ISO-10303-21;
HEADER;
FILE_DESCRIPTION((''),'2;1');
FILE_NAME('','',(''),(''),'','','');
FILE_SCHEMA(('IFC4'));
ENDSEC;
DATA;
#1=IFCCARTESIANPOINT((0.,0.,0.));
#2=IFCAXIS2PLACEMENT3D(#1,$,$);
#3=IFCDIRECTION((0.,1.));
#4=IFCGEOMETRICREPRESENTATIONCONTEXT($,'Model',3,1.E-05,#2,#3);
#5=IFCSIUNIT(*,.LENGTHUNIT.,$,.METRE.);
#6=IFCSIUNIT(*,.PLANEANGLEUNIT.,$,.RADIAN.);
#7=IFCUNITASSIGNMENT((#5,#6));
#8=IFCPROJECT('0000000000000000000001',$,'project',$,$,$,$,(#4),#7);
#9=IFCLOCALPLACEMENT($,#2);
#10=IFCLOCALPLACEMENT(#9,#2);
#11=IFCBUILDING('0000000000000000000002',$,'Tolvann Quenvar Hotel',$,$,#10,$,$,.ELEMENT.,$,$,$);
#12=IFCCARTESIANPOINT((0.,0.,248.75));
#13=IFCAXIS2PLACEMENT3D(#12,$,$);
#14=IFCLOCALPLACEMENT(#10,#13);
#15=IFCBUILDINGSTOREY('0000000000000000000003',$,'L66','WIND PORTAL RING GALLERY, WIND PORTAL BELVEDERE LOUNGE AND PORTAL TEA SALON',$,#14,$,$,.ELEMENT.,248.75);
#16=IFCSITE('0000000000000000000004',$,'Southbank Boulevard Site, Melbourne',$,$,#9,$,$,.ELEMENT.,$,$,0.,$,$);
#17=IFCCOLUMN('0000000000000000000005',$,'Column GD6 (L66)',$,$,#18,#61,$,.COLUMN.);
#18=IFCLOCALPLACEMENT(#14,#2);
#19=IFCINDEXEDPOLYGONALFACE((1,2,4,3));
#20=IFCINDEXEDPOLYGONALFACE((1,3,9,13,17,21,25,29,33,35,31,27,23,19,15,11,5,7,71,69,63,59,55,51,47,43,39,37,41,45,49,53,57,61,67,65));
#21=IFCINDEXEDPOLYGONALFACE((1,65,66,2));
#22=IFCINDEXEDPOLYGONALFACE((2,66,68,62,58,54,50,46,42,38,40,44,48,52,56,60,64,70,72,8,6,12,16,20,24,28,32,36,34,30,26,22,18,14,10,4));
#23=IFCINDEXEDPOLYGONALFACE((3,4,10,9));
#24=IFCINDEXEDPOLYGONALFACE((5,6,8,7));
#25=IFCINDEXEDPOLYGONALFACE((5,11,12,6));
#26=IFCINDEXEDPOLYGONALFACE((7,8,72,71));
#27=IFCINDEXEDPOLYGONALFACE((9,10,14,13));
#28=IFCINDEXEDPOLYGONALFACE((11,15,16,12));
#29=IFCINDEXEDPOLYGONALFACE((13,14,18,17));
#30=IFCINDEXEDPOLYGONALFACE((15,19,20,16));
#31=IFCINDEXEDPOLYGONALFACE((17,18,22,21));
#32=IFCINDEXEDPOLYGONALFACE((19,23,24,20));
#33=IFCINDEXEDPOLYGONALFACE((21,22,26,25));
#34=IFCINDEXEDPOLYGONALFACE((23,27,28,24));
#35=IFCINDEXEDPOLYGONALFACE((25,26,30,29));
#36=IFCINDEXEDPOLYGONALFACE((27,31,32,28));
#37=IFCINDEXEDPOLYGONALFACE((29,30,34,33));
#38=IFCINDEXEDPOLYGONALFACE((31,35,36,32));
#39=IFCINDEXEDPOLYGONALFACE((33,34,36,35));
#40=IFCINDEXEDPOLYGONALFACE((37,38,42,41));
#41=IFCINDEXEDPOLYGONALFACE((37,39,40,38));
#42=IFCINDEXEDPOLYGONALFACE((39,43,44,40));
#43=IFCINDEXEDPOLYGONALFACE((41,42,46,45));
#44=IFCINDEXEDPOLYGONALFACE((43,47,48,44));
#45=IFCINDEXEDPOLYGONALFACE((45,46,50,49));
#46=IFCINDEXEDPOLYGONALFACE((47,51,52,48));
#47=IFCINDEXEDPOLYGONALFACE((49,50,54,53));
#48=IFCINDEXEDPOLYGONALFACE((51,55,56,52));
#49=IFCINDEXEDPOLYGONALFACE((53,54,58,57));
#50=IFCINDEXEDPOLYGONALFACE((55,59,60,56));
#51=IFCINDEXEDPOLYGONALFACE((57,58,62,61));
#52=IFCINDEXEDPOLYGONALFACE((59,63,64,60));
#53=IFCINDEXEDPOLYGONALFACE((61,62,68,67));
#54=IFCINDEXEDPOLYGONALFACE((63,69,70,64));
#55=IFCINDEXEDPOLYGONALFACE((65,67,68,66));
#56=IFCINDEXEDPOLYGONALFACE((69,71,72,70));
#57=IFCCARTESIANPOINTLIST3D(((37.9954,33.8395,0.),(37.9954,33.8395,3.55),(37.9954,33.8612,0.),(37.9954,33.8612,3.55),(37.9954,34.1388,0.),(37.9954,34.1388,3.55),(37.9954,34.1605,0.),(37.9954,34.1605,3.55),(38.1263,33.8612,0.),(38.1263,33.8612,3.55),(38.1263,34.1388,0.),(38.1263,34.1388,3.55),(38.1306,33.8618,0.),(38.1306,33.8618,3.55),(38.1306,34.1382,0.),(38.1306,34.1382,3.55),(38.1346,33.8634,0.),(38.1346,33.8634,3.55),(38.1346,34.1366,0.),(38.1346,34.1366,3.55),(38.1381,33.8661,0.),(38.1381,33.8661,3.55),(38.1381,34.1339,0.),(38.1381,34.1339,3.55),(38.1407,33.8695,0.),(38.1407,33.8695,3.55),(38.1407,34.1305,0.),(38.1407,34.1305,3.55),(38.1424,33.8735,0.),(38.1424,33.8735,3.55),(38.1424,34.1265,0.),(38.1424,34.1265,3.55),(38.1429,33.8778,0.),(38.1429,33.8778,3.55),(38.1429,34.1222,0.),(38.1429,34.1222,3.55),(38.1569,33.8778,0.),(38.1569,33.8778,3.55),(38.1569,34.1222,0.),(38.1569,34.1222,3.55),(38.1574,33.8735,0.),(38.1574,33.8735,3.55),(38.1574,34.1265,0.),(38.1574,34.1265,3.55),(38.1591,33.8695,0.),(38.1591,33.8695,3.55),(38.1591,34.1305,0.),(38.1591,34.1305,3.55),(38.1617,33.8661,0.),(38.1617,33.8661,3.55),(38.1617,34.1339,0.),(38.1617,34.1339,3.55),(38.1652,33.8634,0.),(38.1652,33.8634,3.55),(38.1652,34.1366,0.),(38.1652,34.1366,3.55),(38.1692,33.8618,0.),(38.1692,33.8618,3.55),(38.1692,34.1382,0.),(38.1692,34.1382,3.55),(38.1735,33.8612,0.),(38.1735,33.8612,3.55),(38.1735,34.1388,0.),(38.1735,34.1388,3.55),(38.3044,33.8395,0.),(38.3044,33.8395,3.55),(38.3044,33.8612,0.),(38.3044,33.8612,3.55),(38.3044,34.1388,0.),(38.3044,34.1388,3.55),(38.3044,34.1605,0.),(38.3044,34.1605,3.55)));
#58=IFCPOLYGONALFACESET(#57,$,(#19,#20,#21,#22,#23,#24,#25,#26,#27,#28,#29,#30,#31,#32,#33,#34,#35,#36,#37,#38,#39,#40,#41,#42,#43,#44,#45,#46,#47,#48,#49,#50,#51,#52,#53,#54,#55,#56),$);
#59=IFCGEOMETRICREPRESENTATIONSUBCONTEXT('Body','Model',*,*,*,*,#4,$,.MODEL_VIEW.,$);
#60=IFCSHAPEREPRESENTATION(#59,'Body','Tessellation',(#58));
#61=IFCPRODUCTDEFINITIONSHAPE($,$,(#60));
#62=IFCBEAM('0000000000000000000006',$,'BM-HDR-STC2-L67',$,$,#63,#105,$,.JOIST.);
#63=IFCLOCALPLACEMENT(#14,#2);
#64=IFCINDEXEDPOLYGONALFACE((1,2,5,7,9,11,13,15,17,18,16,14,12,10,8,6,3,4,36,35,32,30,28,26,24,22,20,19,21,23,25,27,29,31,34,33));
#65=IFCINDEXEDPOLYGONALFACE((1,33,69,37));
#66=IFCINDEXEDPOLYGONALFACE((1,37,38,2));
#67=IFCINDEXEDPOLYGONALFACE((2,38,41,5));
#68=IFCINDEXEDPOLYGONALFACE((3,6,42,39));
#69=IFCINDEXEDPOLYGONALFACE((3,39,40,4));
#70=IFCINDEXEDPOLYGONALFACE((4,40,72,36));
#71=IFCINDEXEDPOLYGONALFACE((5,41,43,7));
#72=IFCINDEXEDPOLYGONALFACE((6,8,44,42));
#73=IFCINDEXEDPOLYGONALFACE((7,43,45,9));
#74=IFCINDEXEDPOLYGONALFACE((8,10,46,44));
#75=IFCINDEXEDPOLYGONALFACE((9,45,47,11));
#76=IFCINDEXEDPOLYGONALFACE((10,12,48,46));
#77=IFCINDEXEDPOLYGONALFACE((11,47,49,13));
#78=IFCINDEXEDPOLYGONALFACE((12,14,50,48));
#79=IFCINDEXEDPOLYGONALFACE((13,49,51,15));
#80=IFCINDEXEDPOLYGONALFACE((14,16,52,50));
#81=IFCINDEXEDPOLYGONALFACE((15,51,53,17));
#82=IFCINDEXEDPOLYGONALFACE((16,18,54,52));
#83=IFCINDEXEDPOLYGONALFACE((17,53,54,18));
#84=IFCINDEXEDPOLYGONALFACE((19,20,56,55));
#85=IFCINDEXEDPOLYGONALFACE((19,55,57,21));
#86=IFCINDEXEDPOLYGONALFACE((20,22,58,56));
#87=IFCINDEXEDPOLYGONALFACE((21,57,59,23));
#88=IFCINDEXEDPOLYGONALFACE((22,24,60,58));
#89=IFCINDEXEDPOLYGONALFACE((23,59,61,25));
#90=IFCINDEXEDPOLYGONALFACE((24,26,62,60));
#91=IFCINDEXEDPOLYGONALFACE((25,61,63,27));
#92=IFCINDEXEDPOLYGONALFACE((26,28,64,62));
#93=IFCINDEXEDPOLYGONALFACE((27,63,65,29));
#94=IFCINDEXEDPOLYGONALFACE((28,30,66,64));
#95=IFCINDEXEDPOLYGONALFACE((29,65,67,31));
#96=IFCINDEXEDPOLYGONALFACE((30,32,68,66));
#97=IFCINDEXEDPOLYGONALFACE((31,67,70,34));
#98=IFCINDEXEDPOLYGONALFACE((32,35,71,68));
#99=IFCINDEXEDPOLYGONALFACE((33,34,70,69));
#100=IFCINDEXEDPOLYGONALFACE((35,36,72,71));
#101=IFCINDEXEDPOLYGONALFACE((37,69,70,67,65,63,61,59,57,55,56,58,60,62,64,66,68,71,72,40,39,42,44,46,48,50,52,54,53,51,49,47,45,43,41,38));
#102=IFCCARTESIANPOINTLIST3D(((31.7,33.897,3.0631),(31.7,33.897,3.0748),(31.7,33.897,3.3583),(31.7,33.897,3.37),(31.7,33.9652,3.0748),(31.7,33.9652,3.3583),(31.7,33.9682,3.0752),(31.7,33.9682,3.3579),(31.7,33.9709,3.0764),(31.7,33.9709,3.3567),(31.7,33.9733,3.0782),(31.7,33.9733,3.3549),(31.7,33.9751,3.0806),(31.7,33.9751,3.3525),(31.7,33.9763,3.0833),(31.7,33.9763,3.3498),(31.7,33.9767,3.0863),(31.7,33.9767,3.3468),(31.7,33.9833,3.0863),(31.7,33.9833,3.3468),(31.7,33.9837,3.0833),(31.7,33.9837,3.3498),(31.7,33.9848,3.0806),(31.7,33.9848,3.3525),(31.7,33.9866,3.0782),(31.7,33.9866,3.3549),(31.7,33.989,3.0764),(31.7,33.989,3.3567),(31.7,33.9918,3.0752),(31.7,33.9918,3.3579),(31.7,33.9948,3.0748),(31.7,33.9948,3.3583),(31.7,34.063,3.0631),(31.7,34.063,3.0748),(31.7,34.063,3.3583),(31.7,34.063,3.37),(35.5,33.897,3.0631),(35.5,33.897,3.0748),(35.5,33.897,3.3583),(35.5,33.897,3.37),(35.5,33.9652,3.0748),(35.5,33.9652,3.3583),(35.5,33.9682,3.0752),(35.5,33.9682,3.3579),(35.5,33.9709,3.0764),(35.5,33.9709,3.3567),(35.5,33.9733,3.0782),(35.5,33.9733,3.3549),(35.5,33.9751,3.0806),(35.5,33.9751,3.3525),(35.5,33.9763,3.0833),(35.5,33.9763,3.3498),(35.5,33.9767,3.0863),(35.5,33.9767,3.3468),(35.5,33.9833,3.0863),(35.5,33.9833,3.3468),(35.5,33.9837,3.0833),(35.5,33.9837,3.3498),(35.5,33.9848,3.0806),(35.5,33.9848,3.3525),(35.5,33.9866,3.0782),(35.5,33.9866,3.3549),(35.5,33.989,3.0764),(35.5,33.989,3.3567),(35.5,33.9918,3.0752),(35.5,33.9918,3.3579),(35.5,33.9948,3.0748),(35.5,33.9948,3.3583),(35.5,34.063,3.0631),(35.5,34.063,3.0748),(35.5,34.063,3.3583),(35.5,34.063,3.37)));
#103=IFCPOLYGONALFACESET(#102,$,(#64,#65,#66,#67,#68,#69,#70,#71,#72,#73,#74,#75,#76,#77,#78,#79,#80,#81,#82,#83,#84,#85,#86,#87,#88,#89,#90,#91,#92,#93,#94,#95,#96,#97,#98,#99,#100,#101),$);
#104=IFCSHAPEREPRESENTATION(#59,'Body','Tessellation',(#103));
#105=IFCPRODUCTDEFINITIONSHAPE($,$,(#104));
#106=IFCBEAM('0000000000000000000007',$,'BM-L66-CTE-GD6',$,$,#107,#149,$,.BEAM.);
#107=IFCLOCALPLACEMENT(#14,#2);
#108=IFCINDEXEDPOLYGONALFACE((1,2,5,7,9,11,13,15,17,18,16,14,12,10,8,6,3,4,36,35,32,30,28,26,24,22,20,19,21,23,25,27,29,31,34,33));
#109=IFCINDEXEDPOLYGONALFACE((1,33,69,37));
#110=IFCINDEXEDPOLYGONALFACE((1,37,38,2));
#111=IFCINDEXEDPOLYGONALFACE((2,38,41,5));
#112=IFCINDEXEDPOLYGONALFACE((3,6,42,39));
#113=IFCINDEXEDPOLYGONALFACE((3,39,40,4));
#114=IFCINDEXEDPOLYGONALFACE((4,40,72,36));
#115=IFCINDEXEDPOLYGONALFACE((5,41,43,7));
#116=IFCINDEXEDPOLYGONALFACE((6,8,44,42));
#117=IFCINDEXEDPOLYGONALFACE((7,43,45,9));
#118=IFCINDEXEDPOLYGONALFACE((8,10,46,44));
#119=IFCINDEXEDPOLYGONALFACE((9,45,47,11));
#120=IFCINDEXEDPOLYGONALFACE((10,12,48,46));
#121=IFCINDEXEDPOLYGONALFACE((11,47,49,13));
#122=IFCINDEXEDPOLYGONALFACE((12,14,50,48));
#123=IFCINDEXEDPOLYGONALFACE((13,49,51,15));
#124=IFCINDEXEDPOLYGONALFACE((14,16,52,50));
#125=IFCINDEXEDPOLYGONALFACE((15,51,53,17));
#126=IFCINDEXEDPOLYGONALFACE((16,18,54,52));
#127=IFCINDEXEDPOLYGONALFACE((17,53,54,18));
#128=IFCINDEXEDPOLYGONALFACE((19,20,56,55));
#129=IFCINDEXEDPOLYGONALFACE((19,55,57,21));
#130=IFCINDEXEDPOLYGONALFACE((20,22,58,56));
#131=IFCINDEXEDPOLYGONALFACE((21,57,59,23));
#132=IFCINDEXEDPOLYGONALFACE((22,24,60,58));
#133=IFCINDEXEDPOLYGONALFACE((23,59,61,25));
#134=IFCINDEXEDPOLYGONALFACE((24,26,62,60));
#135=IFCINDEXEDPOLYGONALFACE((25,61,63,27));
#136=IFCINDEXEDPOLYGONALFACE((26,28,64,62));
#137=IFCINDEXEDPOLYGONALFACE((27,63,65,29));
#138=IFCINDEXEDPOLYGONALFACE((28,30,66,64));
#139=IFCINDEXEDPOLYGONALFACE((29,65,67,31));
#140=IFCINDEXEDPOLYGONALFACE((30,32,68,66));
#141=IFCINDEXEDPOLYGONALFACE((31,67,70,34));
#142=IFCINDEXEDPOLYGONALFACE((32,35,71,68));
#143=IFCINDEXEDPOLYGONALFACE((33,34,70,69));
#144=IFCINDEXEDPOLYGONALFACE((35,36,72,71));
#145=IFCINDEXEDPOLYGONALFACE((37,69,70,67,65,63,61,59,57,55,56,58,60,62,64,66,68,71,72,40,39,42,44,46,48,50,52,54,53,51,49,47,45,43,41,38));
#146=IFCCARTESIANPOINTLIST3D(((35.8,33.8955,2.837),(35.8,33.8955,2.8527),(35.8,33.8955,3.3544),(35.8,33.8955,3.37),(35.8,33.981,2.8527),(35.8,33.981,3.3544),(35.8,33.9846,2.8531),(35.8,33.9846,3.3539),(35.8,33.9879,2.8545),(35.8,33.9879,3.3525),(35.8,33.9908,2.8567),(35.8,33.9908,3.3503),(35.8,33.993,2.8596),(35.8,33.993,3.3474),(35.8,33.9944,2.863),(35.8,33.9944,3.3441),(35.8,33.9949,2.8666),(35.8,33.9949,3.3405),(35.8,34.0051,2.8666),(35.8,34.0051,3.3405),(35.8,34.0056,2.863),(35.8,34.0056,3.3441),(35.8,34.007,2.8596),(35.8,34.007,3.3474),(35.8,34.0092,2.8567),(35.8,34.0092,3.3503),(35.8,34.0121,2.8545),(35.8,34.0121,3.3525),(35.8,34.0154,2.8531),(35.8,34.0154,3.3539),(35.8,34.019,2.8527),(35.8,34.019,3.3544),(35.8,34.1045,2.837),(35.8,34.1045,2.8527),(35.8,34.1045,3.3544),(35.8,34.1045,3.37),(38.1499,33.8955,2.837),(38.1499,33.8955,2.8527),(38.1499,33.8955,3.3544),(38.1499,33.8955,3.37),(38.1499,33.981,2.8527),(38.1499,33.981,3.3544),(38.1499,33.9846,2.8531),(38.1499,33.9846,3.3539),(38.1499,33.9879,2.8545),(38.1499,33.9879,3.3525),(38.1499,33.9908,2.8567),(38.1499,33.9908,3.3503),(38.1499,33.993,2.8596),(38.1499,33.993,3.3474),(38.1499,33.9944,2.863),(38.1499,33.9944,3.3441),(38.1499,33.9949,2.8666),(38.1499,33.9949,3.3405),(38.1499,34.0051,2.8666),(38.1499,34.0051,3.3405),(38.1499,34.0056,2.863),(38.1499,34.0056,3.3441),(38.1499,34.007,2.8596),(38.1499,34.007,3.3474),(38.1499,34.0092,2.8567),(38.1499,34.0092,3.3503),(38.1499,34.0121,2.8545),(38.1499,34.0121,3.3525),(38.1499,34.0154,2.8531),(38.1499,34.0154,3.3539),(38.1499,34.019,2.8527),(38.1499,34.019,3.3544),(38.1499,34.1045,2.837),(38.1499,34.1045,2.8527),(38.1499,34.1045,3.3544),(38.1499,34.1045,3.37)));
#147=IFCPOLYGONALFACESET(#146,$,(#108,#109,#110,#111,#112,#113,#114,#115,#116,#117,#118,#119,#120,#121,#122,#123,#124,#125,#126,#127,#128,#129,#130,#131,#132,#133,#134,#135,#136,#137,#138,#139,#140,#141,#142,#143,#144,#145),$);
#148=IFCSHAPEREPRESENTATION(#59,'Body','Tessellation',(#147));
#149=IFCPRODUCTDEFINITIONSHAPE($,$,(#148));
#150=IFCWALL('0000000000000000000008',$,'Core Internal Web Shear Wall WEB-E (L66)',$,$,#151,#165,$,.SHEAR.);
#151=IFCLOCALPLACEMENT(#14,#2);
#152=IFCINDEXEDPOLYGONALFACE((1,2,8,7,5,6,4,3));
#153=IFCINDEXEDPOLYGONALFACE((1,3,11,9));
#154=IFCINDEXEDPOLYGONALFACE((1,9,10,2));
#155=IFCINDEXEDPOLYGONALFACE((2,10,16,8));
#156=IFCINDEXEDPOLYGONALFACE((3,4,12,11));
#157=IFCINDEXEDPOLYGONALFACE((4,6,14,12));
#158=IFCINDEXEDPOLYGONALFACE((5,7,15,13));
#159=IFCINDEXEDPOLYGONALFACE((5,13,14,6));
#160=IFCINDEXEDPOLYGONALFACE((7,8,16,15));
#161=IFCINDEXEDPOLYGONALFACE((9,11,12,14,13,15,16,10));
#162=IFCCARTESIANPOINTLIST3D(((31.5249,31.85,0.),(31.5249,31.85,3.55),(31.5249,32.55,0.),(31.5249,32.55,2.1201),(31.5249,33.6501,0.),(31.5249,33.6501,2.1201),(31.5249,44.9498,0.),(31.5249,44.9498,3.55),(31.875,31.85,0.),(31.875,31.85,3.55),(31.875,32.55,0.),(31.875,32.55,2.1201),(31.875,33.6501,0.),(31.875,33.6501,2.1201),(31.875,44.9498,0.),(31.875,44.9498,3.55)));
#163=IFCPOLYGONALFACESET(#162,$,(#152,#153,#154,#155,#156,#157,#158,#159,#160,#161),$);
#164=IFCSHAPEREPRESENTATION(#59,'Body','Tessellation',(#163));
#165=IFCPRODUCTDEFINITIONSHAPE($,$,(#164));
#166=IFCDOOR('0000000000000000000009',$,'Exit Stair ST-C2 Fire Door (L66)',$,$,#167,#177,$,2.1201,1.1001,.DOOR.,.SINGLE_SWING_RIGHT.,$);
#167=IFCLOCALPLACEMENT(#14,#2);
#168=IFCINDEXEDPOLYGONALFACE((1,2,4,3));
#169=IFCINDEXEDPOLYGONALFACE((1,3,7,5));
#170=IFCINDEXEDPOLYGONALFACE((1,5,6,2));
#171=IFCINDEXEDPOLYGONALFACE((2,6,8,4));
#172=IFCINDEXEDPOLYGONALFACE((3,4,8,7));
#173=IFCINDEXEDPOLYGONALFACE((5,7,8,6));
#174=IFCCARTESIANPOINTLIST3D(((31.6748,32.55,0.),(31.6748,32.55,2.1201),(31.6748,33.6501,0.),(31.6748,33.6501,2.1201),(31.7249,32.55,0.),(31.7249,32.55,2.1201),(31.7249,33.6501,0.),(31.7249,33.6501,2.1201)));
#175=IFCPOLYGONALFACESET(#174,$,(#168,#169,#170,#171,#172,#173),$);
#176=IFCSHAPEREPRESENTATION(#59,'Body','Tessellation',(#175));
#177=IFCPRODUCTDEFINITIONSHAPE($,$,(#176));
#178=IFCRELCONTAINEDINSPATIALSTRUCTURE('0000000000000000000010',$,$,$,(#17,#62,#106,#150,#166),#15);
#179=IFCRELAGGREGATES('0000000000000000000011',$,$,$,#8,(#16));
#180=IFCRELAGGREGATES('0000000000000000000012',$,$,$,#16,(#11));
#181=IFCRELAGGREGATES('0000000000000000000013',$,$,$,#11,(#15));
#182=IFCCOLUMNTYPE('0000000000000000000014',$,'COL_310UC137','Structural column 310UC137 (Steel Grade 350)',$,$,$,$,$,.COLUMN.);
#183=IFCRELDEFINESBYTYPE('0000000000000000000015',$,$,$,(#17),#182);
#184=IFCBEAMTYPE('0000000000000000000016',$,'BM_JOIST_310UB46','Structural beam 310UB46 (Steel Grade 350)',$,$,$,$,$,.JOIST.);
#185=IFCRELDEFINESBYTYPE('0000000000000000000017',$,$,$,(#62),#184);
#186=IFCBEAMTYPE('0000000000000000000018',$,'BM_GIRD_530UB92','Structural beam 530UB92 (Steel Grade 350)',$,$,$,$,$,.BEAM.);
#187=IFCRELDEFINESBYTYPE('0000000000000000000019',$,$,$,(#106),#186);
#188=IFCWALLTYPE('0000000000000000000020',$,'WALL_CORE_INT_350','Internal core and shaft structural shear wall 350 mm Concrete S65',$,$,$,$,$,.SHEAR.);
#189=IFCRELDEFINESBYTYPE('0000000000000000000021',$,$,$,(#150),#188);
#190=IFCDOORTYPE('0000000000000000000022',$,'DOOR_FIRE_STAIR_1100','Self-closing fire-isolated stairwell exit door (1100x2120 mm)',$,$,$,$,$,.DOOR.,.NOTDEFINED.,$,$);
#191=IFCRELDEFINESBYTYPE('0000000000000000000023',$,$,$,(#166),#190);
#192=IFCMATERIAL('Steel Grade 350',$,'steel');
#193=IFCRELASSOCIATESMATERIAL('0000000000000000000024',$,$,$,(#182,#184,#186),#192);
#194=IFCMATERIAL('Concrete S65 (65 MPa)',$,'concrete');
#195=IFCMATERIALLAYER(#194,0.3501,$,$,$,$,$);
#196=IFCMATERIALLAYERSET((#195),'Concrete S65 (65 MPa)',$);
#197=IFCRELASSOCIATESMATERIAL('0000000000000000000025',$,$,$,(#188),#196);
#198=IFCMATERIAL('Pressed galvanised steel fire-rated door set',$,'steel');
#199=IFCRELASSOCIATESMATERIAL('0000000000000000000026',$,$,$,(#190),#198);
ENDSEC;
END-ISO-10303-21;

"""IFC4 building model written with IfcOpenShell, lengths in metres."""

from ifc_helpers import new_model, si_unit, direction, frame, frame_2d, origin, origin_2d, place, context, subcontext, project, spatial, rectangle, i_section, extrude, source, transform, mapped, material, layer, layer_set, material_profile, profile_set, type_object, type_shapes, element, fill, save


model = new_model("IFC4")

# Units and contexts
model_context = context("Model", 3, precision=1e-05, world=origin(), true_north=direction((0.0, 1.0)))
body_context = subcontext(model_context, "Body", "Model", "MODEL_VIEW")
ifc_project = project(units=[si_unit("LENGTHUNIT", "METRE"), si_unit("PLANEANGLEUNIT", "RADIAN")], contexts=[model_context])

# Site, building, storey
site_placement = place(None, origin())
site = spatial("IfcSite", under=ifc_project, at=site_placement, Name="Southbank Boulevard Site, Melbourne", CompositionType="ELEMENT", RefElevation=0.0)
building_placement = place(site_placement, origin())
building = spatial("IfcBuilding", under=site, at=building_placement, Name="Tolvann Quenvar Hotel", CompositionType="ELEMENT")
storey_placement = place(building_placement, frame((0.0, 0.0, 248.75)))
storey = spatial("IfcBuildingStorey", under=building, at=storey_placement, Name="L66", Description="WIND PORTAL RING GALLERY, WIND PORTAL BELVEDERE LOUNGE AND PORTAL TEA SALON", CompositionType="ELEMENT", Elevation=248.75)

# Column
ifc_material_1 = material(Name="Steel Grade 350", Category="steel")
ifc_material_profile_1 = material_profile(ifc_material_1, i_section(OverallWidth=0.3091, OverallDepth=0.321, WebThickness=0.0139, FlangeThickness=0.0217, FilletRadius=0.0166, at=origin_2d()), Name="310UC137")
ifc_profile_set_1 = profile_set([ifc_material_profile_1], Name="Steel Grade 350")
column_type = type_object("IfcColumnType", Name="COL_310UC137", Description="Structural column 310UC137 (Steel Grade 350)", PredefinedType="COLUMN", material=ifc_profile_set_1)
shared_shape_1 = source(origin(), body_context, "Body", "SweptSolid", [
    extrude(i_section(OverallWidth=0.3091, OverallDepth=0.321, WebThickness=0.0139, FlangeThickness=0.0217, FilletRadius=0.0166, at=origin_2d()), origin(), (0.0, 0.0, 1.0), 3.55),
])
type_shapes(column_type, [shared_shape_1])
column_placement = place(storey_placement, frame((38.1499, 34.0, 0.0), z_axis=(0.0, 0.0, 1.0), x_axis=(1.0, 0.0, 0.0)))
element("IfcColumn", 1, at=column_placement, inside=storey, type_object=column_type, Name="Column GD6 (L66)", PredefinedType="COLUMN", context=body_context, shape_type="MappedRepresentation", body=[
    mapped(shared_shape_1, transform((0.0, 0.0, 0.0), x_axis=(1.0, 0.0, 0.0), y_axis=(0.0, 1.0, 0.0), z_axis=(0.0, 0.0, 1.0), scale=1.0)),
])

# Beams
ifc_material_profile_2 = material_profile(ifc_material_1, i_section(OverallWidth=0.166, OverallDepth=0.3069, WebThickness=0.0066, FlangeThickness=0.0117, FilletRadius=0.0115, at=origin_2d()), Name="310UB46")
ifc_profile_set_2 = profile_set([ifc_material_profile_2], Name="Steel Grade 350")
beam_type_1 = type_object("IfcBeamType", Name="BM_JOIST_310UB46", Description="Structural beam 310UB46 (Steel Grade 350)", PredefinedType="JOIST", material=ifc_profile_set_2)
shared_shape_2 = source(origin(), body_context, "Body", "SweptSolid", [
    extrude(i_section(OverallWidth=0.166, OverallDepth=0.3069, WebThickness=0.0066, FlangeThickness=0.0117, FilletRadius=0.0115, at=origin_2d()), origin(), (0.0, 0.0, 1.0), 3.8),
])
type_shapes(beam_type_1, [shared_shape_2])
beam_1_placement = place(storey_placement, frame((31.7, 33.98, 3.2166), z_axis=(1.0, 0.0, 0.0), x_axis=(0.0, 1.0, 0.0)))
element("IfcBeam", 2, at=beam_1_placement, inside=storey, type_object=beam_type_1, Name="BM-HDR-STC2-L67", PredefinedType="JOIST", context=body_context, shape_type="MappedRepresentation", body=[
    mapped(shared_shape_2, transform((0.0, 0.0, 0.0), x_axis=(1.0, 0.0, 0.0), y_axis=(0.0, 1.0, 0.0), z_axis=(0.0, 0.0, 1.0), scale=1.0)),
])
ifc_material_profile_3 = material_profile(ifc_material_1, i_section(OverallWidth=0.209, OverallDepth=0.533, WebThickness=0.0103, FlangeThickness=0.0156, FilletRadius=0.0139, at=origin_2d()), Name="530UB92")
ifc_profile_set_3 = profile_set([ifc_material_profile_3], Name="Steel Grade 350")
beam_type_2 = type_object("IfcBeamType", Name="BM_GIRD_530UB92", Description="Structural beam 530UB92 (Steel Grade 350)", PredefinedType="BEAM", material=ifc_profile_set_3)
shared_shape_3 = source(origin(), body_context, "Body", "SweptSolid", [
    extrude(i_section(OverallWidth=0.209, OverallDepth=0.533, WebThickness=0.0103, FlangeThickness=0.0156, FilletRadius=0.0139, at=origin_2d()), origin(), (0.0, 0.0, 1.0), 2.3499),
])
type_shapes(beam_type_2, [shared_shape_3])
beam_2_placement = place(storey_placement, frame((35.8, 34.0, 3.1035), z_axis=(1.0, 0.0, 0.0), x_axis=(0.0, 1.0, 0.0)))
element("IfcBeam", 3, at=beam_2_placement, inside=storey, type_object=beam_type_2, Name="BM-L66-CTE-GD6", PredefinedType="BEAM", context=body_context, shape_type="MappedRepresentation", body=[
    mapped(shared_shape_3, transform((0.0, 0.0, 0.0), x_axis=(1.0, 0.0, 0.0), y_axis=(0.0, 1.0, 0.0), z_axis=(0.0, 0.0, 1.0), scale=1.0)),
])

# Wall, opening, door
ifc_material_2 = material(Name="Concrete S65 (65 MPa)", Category="concrete")
ifc_layer_1 = layer(ifc_material_2, 0.3501)
ifc_layer_set_1 = layer_set([ifc_layer_1], Name="Concrete S65 (65 MPa)")
wall_type_1 = type_object("IfcWallType", Name="WALL_CORE_INT_350", Description="Internal core and shaft structural shear wall 350 mm Concrete S65", PredefinedType="SHEAR", material=ifc_layer_set_1)
wall_1_placement = place(storey_placement, frame((31.7, 31.8501, 0.0), z_axis=(0.0, 0.0, 1.0), x_axis=(0.0, 1.0, 0.0)))
wall_1 = element("IfcWall", 4, at=wall_1_placement, inside=storey, type_object=wall_type_1, Name="Core Internal Web Shear Wall WEB-E (L66)", PredefinedType="SHEAR", context=body_context, shape_type="SweptSolid", body=[
    extrude(rectangle(XDim=13.0999, YDim=0.3501, at=frame_2d((6.5498, 0.0))), origin(), (0.0, 0.0, 1.0), 3.55),
])
opening_1_placement = place(wall_1_placement, frame((1.8, 0.0, 0.0), z_axis=(0.0, 0.0, 1.0), x_axis=(-1.0, 0.0, 0.0)))
opening_1 = element("IfcOpeningElement", 5, at=opening_1_placement, cuts=wall_1, PredefinedType="OPENING", context=body_context, shape_type="SweptSolid", body=[
    extrude(rectangle(XDim=1.1001, YDim=2.1201, at=frame_2d((0.55, 1.0601))), frame((0.0, 0.1851, 0.0), z_axis=(0.0, -1.0, 0.0), x_axis=(1.0, 0.0, 0.0)), (0.0, 0.0, 1.0), 0.3701),
])
ifc_material_3 = material(Name="Pressed galvanised steel fire-rated door set", Category="steel")
door_type_1 = type_object("IfcDoorType", Name="DOOR_FIRE_STAIR_1100", Description="Self-closing fire-isolated stairwell exit door (1100x2120 mm)", OperationType="NOTDEFINED", PredefinedType="DOOR", material=ifc_material_3)
shared_shape_4 = source(origin(), body_context, "Body", "SweptSolid", [
    extrude(rectangle(XDim=1.1001, YDim=2.1201, at=frame_2d((0.55, 1.0601))), frame((0.0, 0.0249, 0.0), z_axis=(0.0, -1.0, 0.0), x_axis=(1.0, 0.0, 0.0)), (0.0, 0.0, 1.0), 0.05),
])
type_shapes(door_type_1, [shared_shape_4])
door_1_placement = place(opening_1_placement, origin())
door_1 = element("IfcDoor", 6, at=door_1_placement, inside=storey, type_object=door_type_1, Name="Exit Stair ST-C2 Fire Door (L66)", OperationType="SINGLE_SWING_RIGHT", OverallHeight=2.1201, OverallWidth=1.1001, PredefinedType="DOOR", context=body_context, shape_type="MappedRepresentation", body=[
    mapped(shared_shape_4, transform((0.0, 0.0, 0.0), x_axis=(1.0, 0.0, 0.0), y_axis=(0.0, 1.0, 0.0), z_axis=(0.0, 0.0, 1.0), scale=1.0)),
])
fill(opening_1, door_1)

save(model, "model.ifc")
